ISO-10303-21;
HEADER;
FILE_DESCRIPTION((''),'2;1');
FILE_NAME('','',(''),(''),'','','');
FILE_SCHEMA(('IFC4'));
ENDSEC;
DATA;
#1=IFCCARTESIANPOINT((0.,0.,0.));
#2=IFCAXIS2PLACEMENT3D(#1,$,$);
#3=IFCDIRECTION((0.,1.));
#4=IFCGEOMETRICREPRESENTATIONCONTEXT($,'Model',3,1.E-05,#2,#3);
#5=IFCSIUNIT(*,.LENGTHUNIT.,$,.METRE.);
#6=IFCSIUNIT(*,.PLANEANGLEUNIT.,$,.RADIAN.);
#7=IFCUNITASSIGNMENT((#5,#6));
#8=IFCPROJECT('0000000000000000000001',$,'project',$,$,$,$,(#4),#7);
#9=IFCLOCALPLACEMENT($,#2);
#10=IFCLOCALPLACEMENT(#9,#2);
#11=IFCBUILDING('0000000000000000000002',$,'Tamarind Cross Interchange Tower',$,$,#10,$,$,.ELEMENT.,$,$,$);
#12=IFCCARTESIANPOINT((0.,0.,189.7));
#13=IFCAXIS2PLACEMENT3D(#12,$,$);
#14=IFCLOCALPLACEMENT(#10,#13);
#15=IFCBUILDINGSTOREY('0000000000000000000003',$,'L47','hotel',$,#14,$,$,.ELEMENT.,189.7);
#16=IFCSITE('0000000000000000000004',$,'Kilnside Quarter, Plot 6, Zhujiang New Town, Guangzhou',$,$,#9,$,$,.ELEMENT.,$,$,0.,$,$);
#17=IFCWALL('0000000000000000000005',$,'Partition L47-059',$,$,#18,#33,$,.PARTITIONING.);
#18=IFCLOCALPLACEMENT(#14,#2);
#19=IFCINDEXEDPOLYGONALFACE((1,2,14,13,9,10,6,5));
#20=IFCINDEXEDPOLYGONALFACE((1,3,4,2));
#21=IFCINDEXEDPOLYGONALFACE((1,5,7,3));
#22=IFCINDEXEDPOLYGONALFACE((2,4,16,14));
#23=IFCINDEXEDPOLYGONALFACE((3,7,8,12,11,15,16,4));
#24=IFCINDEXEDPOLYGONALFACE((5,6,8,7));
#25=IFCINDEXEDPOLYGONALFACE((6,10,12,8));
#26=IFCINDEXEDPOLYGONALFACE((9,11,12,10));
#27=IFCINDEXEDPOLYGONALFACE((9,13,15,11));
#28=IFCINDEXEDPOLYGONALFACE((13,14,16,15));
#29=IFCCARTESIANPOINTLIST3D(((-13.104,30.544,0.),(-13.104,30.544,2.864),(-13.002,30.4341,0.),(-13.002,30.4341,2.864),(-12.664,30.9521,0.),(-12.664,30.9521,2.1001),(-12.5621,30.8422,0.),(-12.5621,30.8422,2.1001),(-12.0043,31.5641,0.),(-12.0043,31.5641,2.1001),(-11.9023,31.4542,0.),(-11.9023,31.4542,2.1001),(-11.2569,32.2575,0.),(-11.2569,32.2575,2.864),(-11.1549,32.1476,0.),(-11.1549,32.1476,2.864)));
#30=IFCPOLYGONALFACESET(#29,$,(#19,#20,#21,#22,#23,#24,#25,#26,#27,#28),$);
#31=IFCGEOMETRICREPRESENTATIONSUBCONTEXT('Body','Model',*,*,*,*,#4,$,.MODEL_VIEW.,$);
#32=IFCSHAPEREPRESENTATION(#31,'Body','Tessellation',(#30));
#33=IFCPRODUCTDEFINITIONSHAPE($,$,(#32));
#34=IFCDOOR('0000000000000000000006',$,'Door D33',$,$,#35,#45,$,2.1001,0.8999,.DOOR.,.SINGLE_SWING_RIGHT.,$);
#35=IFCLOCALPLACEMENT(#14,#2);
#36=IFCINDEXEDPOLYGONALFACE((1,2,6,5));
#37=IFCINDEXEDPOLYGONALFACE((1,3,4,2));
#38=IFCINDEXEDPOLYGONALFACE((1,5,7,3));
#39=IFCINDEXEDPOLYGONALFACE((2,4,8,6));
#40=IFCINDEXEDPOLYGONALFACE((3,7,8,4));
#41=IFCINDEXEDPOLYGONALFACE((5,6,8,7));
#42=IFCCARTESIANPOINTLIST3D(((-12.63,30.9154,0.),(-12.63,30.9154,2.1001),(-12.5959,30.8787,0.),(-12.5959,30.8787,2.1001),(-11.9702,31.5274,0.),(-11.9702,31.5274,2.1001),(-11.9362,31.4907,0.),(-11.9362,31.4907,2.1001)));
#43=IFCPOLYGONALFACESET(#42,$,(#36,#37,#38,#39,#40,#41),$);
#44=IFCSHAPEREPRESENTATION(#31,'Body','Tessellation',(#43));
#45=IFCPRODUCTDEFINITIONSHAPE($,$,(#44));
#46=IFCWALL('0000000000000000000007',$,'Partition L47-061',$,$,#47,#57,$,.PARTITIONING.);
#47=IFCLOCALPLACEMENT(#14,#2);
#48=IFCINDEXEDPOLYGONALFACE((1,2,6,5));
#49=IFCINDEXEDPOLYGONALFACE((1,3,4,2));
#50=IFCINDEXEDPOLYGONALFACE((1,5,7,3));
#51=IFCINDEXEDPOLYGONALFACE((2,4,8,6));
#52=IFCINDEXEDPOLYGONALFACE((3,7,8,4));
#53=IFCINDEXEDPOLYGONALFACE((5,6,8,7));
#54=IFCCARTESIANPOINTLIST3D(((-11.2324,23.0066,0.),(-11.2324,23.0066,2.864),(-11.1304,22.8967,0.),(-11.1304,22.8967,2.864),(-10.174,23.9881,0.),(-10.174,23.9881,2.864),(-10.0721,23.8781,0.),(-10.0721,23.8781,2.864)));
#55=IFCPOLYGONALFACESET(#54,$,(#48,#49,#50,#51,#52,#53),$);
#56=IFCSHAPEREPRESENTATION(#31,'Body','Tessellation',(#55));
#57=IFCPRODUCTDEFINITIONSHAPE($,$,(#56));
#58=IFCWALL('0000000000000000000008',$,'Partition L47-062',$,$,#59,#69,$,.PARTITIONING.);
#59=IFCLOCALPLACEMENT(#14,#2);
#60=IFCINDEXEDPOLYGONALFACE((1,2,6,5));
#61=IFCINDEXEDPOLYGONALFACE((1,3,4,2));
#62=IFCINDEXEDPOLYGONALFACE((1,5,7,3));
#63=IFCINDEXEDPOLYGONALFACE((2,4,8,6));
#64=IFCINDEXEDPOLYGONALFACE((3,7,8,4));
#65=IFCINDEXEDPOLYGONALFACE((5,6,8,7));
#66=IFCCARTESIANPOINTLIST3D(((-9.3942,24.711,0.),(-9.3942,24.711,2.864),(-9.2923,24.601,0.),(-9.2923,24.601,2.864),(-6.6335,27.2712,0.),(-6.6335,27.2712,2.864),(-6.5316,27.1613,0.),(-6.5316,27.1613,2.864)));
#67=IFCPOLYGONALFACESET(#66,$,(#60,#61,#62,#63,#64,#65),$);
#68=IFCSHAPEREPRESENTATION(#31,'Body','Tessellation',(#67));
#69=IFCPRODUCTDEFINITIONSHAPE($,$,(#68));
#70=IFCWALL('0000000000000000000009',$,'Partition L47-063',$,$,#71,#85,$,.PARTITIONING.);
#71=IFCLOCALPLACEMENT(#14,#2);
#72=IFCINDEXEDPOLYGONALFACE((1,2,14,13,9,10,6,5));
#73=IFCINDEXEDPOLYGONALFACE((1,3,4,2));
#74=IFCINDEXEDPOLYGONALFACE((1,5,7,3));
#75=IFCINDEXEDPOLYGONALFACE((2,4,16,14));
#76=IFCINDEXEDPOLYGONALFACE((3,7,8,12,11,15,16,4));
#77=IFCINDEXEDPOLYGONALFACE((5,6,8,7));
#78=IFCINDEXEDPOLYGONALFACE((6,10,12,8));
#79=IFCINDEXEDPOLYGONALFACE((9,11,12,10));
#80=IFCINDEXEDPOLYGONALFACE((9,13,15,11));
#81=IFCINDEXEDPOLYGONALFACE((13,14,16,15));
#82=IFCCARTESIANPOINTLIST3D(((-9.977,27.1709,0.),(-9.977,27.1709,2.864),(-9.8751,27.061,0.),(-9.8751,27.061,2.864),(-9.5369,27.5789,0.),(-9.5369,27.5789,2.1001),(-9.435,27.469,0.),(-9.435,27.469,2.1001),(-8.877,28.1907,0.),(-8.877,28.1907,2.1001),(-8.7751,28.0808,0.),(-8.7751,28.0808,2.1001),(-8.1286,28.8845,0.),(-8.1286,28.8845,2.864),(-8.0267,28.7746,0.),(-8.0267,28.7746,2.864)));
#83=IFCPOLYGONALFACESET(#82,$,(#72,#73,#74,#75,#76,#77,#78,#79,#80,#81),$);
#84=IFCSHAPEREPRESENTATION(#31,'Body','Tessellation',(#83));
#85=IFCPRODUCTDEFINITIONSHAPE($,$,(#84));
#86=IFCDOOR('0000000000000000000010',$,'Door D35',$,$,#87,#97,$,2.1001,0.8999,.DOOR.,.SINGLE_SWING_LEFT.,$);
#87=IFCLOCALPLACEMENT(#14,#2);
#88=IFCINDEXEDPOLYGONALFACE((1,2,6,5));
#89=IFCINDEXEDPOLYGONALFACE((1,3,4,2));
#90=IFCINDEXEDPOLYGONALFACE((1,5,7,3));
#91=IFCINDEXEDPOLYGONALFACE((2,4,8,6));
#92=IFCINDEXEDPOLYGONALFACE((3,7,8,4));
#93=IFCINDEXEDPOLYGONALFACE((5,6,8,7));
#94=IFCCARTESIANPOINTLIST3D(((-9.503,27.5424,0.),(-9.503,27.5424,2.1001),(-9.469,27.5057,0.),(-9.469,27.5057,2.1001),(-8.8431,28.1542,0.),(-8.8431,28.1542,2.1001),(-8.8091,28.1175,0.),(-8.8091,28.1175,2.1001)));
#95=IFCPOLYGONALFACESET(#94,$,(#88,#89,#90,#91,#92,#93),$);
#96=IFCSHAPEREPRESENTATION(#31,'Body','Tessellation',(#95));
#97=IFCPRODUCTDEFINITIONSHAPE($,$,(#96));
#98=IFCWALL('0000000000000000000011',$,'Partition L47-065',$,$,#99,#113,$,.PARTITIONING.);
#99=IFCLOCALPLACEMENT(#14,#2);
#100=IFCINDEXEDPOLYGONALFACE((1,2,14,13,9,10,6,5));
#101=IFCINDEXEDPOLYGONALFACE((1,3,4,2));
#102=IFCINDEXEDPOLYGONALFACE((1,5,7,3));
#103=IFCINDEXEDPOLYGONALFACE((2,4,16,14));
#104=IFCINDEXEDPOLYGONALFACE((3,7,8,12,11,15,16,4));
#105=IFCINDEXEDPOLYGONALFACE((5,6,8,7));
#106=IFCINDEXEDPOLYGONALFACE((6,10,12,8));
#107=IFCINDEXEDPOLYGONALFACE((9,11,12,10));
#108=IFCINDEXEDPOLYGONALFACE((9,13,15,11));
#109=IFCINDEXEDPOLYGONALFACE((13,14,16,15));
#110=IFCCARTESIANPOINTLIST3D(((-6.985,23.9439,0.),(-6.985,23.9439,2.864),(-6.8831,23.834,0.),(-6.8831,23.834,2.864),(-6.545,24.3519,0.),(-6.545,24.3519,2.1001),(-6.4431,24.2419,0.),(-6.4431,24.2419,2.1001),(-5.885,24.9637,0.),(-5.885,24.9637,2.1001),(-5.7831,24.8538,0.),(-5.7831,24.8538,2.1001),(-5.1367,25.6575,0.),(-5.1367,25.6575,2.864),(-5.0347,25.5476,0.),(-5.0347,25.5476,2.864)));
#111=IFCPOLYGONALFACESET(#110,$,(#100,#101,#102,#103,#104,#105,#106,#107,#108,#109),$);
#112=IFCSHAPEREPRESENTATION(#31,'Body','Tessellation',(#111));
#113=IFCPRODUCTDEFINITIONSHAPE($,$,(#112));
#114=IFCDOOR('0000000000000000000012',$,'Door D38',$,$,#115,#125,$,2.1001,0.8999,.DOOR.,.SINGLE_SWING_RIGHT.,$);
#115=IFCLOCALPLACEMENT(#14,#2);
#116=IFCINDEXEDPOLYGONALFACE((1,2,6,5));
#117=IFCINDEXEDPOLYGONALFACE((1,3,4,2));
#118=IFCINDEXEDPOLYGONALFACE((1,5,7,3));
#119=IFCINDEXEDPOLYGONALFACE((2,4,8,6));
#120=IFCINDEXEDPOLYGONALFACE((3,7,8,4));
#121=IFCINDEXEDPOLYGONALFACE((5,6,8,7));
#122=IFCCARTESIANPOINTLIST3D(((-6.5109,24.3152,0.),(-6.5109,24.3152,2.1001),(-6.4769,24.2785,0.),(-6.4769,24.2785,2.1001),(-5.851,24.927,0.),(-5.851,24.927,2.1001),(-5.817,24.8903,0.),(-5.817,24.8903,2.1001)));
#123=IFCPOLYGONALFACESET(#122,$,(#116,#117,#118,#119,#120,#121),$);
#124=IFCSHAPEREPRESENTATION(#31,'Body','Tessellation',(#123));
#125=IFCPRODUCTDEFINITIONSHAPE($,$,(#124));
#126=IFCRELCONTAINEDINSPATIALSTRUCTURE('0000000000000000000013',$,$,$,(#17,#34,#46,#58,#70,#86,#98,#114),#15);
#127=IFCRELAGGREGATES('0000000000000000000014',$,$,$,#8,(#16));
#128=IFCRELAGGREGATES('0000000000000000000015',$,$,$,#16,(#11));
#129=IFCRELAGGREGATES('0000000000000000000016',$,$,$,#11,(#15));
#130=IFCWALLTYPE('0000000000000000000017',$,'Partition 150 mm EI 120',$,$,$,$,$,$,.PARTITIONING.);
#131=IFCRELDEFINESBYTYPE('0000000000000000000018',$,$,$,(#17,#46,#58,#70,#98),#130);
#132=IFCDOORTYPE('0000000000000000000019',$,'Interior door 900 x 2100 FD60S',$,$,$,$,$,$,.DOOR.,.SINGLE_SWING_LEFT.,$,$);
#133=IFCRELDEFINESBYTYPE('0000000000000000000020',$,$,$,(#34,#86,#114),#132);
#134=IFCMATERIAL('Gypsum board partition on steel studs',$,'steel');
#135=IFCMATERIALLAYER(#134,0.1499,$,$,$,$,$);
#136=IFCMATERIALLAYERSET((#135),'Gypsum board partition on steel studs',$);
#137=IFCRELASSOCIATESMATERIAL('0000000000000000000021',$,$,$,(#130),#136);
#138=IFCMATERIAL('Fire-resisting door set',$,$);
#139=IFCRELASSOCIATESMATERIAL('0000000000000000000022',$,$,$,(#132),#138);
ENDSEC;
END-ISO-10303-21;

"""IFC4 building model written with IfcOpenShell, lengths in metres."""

from ifc_helpers import new_model, si_unit, direction, frame, frame_2d, origin, place, context, subcontext, project, spatial, rectangle, extrude, material, layer, layer_set, type_object, element, fill, save


model = new_model("IFC4")

# Units and contexts
model_context = context("Model", 3, precision=1e-05, world=origin(), true_north=direction((0.0, 1.0)))
body_context = subcontext(model_context, "Body", "Model", "MODEL_VIEW")
ifc_project = project(units=[si_unit("LENGTHUNIT", "METRE"), si_unit("PLANEANGLEUNIT", "RADIAN")], contexts=[model_context])

# Site, building, storey
site_placement = place(None, origin())
site = spatial("IfcSite", under=ifc_project, at=site_placement, Name="Kilnside Quarter, Plot 6, Zhujiang New Town, Guangzhou", CompositionType="ELEMENT", RefElevation=0.0)
building_placement = place(site_placement, origin())
building = spatial("IfcBuilding", under=site, at=building_placement, Name="Tamarind Cross Interchange Tower", CompositionType="ELEMENT")
storey_placement = place(building_placement, frame((0.0, 0.0, 189.7)))
storey = spatial("IfcBuildingStorey", under=building, at=storey_placement, Name="L47", Description="hotel", CompositionType="ELEMENT", Elevation=189.7)

# Shared definitions
ifc_material_1 = material(Name="Gypsum board partition on steel studs", Category="steel")
ifc_layer_1 = layer(ifc_material_1, 0.1499)
ifc_layer_set_1 = layer_set([ifc_layer_1], Name="Gypsum board partition on steel studs")
wall_type = type_object("IfcWallType", Name="Partition 150 mm EI 120", PredefinedType="PARTITIONING", material=ifc_layer_set_1)

# Wall, opening, door
wall_1_placement = place(storey_placement, frame((-13.053, 30.489, 0.0), z_axis=(0.0, 0.0, 1.0), x_axis=(0.733111, 0.680109, 0.0)))
wall_1 = element("IfcWall", 1, at=wall_1_placement, inside=storey, type_object=wall_type, Name="Partition L47-059", PredefinedType="PARTITIONING", context=body_context, shape_type="SweptSolid", body=[
    extrude(rectangle(XDim=2.5195, YDim=0.1499, at=frame_2d((1.2598, 0.0))), origin(), (0.0, 0.0, 1.0), 2.864),
])
opening_1_placement = place(wall_1_placement, frame((0.6001, 0.0, 0.0)))
opening_1 = element("IfcOpeningElement", 2, at=opening_1_placement, cuts=wall_1, PredefinedType="OPENING", context=body_context, shape_type="SweptSolid", body=[
    extrude(rectangle(XDim=0.8999, YDim=2.1001, at=frame_2d((0.45, 1.05))), frame((0.0, 0.085, 0.0), z_axis=(0.0, -1.0, 0.0), x_axis=(1.0, 0.0, 0.0)), (0.0, 0.0, 1.0), 0.1699),
])
ifc_material_2 = material(Name="Fire-resisting door set")
door_type = type_object("IfcDoorType", Name="Interior door 900 x 2100 FD60S", OperationType="SINGLE_SWING_LEFT", PredefinedType="DOOR", material=ifc_material_2)
door_1_placement = place(opening_1_placement, origin())
door_1 = element("IfcDoor", 3, at=door_1_placement, inside=storey, type_object=door_type, Name="Door D33", OperationType="SINGLE_SWING_RIGHT", OverallHeight=2.1001, OverallWidth=0.8999, PredefinedType="DOOR", context=body_context, shape_type="SweptSolid", body=[
    extrude(rectangle(XDim=0.8999, YDim=2.1001, at=frame_2d((0.45, 1.05))), frame((0.0, 0.0249, 0.0), z_axis=(0.0, -1.0, 0.0), x_axis=(1.0, 0.0, 0.0)), (0.0, 0.0, 1.0), 0.05),
])
fill(opening_1, door_1)

# Walls
wall_2_placement = place(storey_placement, frame((-11.1814, 22.9517, 0.0), z_axis=(0.0, 0.0, 1.0), x_axis=(0.733245, 0.679964, 0.0)))
element("IfcWall", 4, at=wall_2_placement, inside=storey, type_object=wall_type, Name="Partition L47-061", PredefinedType="PARTITIONING", context=body_context, shape_type="SweptSolid", body=[
    extrude(rectangle(XDim=1.4434, YDim=0.1499, at=frame_2d((0.7217, 0.0))), origin(), (0.0, 0.0, 1.0), 2.864),
])
wall_3_placement = place(storey_placement, frame((-9.3433, 24.656, 0.0), z_axis=(0.0, 0.0, 1.0), x_axis=(0.733223, 0.679988, 0.0)))
element("IfcWall", 5, at=wall_3_placement, inside=storey, type_object=wall_type, Name="Partition L47-062", PredefinedType="PARTITIONING", context=body_context, shape_type="SweptSolid", body=[
    extrude(rectangle(XDim=3.7651, YDim=0.1499, at=frame_2d((1.8826, 0.0))), origin(), (0.0, 0.0, 1.0), 2.864),
])

# Walls, openings, doors
wall_4_placement = place(storey_placement, frame((-9.926, 27.116, 0.0), z_axis=(0.0, 0.0, 1.0), x_axis=(0.733335, 0.679868, 0.0)))
wall_4 = element("IfcWall", 6, at=wall_4_placement, inside=storey, type_object=wall_type, Name="Partition L47-063", PredefinedType="PARTITIONING", context=body_context, shape_type="SweptSolid", body=[
    extrude(rectangle(XDim=2.5205, YDim=0.1499, at=frame_2d((1.2603, 0.0))), origin(), (0.0, 0.0, 1.0), 2.864),
])
opening_2_placement = place(wall_4_placement, frame((0.6001, 0.0, 0.0)))
opening_2 = element("IfcOpeningElement", 7, at=opening_2_placement, cuts=wall_4, PredefinedType="OPENING", context=body_context, shape_type="SweptSolid", body=[
    extrude(rectangle(XDim=0.8999, YDim=2.1001, at=frame_2d((0.45, 1.05))), frame((0.0, 0.085, 0.0), z_axis=(0.0, -1.0, 0.0), x_axis=(1.0, 0.0, 0.0)), (0.0, 0.0, 1.0), 0.1699),
])
door_2_placement = place(opening_2_placement, frame((0.8999, 0.0, 0.0), z_axis=(0.0, 0.0, 1.0), x_axis=(-1.0, 0.0, 0.0)))
door_2 = element("IfcDoor", 8, at=door_2_placement, inside=storey, type_object=door_type, Name="Door D35", OperationType="SINGLE_SWING_LEFT", OverallHeight=2.1001, OverallWidth=0.8999, PredefinedType="DOOR", context=body_context, shape_type="SweptSolid", body=[
    extrude(rectangle(XDim=0.8999, YDim=2.1001, at=frame_2d((0.45, 1.05))), frame((0.0, 0.0249, 0.0), z_axis=(0.0, -1.0, 0.0), x_axis=(1.0, 0.0, 0.0)), (0.0, 0.0, 1.0), 0.05),
])
fill(opening_2, door_2)
wall_5_placement = place(storey_placement, frame((-6.9341, 23.8889, 0.0), z_axis=(0.0, 0.0, 1.0), x_axis=(0.733335, 0.679868, 0.0)))
wall_5 = element("IfcWall", 9, at=wall_5_placement, inside=storey, type_object=wall_type, Name="Partition L47-065", PredefinedType="PARTITIONING", context=body_context, shape_type="SweptSolid", body=[
    extrude(rectangle(XDim=2.5205, YDim=0.1499, at=frame_2d((1.2603, 0.0))), origin(), (0.0, 0.0, 1.0), 2.864),
])
opening_3_placement = place(wall_5_placement, frame((0.6001, 0.0, 0.0)))
opening_3 = element("IfcOpeningElement", 10, at=opening_3_placement, cuts=wall_5, PredefinedType="OPENING", context=body_context, shape_type="SweptSolid", body=[
    extrude(rectangle(XDim=0.8999, YDim=2.1001, at=frame_2d((0.45, 1.05))), frame((0.0, 0.085, 0.0), z_axis=(0.0, -1.0, 0.0), x_axis=(1.0, 0.0, 0.0)), (0.0, 0.0, 1.0), 0.1699),
])
door_3_placement = place(opening_3_placement, origin())
door_3 = element("IfcDoor", 11, at=door_3_placement, inside=storey, type_object=door_type, Name="Door D38", OperationType="SINGLE_SWING_RIGHT", OverallHeight=2.1001, OverallWidth=0.8999, PredefinedType="DOOR", context=body_context, shape_type="SweptSolid", body=[
    extrude(rectangle(XDim=0.8999, YDim=2.1001, at=frame_2d((0.45, 1.05))), frame((0.0, 0.0249, 0.0), z_axis=(0.0, -1.0, 0.0), x_axis=(1.0, 0.0, 0.0)), (0.0, 0.0, 1.0), 0.05),
])
fill(opening_3, door_3)

save(model, "model.ifc")
